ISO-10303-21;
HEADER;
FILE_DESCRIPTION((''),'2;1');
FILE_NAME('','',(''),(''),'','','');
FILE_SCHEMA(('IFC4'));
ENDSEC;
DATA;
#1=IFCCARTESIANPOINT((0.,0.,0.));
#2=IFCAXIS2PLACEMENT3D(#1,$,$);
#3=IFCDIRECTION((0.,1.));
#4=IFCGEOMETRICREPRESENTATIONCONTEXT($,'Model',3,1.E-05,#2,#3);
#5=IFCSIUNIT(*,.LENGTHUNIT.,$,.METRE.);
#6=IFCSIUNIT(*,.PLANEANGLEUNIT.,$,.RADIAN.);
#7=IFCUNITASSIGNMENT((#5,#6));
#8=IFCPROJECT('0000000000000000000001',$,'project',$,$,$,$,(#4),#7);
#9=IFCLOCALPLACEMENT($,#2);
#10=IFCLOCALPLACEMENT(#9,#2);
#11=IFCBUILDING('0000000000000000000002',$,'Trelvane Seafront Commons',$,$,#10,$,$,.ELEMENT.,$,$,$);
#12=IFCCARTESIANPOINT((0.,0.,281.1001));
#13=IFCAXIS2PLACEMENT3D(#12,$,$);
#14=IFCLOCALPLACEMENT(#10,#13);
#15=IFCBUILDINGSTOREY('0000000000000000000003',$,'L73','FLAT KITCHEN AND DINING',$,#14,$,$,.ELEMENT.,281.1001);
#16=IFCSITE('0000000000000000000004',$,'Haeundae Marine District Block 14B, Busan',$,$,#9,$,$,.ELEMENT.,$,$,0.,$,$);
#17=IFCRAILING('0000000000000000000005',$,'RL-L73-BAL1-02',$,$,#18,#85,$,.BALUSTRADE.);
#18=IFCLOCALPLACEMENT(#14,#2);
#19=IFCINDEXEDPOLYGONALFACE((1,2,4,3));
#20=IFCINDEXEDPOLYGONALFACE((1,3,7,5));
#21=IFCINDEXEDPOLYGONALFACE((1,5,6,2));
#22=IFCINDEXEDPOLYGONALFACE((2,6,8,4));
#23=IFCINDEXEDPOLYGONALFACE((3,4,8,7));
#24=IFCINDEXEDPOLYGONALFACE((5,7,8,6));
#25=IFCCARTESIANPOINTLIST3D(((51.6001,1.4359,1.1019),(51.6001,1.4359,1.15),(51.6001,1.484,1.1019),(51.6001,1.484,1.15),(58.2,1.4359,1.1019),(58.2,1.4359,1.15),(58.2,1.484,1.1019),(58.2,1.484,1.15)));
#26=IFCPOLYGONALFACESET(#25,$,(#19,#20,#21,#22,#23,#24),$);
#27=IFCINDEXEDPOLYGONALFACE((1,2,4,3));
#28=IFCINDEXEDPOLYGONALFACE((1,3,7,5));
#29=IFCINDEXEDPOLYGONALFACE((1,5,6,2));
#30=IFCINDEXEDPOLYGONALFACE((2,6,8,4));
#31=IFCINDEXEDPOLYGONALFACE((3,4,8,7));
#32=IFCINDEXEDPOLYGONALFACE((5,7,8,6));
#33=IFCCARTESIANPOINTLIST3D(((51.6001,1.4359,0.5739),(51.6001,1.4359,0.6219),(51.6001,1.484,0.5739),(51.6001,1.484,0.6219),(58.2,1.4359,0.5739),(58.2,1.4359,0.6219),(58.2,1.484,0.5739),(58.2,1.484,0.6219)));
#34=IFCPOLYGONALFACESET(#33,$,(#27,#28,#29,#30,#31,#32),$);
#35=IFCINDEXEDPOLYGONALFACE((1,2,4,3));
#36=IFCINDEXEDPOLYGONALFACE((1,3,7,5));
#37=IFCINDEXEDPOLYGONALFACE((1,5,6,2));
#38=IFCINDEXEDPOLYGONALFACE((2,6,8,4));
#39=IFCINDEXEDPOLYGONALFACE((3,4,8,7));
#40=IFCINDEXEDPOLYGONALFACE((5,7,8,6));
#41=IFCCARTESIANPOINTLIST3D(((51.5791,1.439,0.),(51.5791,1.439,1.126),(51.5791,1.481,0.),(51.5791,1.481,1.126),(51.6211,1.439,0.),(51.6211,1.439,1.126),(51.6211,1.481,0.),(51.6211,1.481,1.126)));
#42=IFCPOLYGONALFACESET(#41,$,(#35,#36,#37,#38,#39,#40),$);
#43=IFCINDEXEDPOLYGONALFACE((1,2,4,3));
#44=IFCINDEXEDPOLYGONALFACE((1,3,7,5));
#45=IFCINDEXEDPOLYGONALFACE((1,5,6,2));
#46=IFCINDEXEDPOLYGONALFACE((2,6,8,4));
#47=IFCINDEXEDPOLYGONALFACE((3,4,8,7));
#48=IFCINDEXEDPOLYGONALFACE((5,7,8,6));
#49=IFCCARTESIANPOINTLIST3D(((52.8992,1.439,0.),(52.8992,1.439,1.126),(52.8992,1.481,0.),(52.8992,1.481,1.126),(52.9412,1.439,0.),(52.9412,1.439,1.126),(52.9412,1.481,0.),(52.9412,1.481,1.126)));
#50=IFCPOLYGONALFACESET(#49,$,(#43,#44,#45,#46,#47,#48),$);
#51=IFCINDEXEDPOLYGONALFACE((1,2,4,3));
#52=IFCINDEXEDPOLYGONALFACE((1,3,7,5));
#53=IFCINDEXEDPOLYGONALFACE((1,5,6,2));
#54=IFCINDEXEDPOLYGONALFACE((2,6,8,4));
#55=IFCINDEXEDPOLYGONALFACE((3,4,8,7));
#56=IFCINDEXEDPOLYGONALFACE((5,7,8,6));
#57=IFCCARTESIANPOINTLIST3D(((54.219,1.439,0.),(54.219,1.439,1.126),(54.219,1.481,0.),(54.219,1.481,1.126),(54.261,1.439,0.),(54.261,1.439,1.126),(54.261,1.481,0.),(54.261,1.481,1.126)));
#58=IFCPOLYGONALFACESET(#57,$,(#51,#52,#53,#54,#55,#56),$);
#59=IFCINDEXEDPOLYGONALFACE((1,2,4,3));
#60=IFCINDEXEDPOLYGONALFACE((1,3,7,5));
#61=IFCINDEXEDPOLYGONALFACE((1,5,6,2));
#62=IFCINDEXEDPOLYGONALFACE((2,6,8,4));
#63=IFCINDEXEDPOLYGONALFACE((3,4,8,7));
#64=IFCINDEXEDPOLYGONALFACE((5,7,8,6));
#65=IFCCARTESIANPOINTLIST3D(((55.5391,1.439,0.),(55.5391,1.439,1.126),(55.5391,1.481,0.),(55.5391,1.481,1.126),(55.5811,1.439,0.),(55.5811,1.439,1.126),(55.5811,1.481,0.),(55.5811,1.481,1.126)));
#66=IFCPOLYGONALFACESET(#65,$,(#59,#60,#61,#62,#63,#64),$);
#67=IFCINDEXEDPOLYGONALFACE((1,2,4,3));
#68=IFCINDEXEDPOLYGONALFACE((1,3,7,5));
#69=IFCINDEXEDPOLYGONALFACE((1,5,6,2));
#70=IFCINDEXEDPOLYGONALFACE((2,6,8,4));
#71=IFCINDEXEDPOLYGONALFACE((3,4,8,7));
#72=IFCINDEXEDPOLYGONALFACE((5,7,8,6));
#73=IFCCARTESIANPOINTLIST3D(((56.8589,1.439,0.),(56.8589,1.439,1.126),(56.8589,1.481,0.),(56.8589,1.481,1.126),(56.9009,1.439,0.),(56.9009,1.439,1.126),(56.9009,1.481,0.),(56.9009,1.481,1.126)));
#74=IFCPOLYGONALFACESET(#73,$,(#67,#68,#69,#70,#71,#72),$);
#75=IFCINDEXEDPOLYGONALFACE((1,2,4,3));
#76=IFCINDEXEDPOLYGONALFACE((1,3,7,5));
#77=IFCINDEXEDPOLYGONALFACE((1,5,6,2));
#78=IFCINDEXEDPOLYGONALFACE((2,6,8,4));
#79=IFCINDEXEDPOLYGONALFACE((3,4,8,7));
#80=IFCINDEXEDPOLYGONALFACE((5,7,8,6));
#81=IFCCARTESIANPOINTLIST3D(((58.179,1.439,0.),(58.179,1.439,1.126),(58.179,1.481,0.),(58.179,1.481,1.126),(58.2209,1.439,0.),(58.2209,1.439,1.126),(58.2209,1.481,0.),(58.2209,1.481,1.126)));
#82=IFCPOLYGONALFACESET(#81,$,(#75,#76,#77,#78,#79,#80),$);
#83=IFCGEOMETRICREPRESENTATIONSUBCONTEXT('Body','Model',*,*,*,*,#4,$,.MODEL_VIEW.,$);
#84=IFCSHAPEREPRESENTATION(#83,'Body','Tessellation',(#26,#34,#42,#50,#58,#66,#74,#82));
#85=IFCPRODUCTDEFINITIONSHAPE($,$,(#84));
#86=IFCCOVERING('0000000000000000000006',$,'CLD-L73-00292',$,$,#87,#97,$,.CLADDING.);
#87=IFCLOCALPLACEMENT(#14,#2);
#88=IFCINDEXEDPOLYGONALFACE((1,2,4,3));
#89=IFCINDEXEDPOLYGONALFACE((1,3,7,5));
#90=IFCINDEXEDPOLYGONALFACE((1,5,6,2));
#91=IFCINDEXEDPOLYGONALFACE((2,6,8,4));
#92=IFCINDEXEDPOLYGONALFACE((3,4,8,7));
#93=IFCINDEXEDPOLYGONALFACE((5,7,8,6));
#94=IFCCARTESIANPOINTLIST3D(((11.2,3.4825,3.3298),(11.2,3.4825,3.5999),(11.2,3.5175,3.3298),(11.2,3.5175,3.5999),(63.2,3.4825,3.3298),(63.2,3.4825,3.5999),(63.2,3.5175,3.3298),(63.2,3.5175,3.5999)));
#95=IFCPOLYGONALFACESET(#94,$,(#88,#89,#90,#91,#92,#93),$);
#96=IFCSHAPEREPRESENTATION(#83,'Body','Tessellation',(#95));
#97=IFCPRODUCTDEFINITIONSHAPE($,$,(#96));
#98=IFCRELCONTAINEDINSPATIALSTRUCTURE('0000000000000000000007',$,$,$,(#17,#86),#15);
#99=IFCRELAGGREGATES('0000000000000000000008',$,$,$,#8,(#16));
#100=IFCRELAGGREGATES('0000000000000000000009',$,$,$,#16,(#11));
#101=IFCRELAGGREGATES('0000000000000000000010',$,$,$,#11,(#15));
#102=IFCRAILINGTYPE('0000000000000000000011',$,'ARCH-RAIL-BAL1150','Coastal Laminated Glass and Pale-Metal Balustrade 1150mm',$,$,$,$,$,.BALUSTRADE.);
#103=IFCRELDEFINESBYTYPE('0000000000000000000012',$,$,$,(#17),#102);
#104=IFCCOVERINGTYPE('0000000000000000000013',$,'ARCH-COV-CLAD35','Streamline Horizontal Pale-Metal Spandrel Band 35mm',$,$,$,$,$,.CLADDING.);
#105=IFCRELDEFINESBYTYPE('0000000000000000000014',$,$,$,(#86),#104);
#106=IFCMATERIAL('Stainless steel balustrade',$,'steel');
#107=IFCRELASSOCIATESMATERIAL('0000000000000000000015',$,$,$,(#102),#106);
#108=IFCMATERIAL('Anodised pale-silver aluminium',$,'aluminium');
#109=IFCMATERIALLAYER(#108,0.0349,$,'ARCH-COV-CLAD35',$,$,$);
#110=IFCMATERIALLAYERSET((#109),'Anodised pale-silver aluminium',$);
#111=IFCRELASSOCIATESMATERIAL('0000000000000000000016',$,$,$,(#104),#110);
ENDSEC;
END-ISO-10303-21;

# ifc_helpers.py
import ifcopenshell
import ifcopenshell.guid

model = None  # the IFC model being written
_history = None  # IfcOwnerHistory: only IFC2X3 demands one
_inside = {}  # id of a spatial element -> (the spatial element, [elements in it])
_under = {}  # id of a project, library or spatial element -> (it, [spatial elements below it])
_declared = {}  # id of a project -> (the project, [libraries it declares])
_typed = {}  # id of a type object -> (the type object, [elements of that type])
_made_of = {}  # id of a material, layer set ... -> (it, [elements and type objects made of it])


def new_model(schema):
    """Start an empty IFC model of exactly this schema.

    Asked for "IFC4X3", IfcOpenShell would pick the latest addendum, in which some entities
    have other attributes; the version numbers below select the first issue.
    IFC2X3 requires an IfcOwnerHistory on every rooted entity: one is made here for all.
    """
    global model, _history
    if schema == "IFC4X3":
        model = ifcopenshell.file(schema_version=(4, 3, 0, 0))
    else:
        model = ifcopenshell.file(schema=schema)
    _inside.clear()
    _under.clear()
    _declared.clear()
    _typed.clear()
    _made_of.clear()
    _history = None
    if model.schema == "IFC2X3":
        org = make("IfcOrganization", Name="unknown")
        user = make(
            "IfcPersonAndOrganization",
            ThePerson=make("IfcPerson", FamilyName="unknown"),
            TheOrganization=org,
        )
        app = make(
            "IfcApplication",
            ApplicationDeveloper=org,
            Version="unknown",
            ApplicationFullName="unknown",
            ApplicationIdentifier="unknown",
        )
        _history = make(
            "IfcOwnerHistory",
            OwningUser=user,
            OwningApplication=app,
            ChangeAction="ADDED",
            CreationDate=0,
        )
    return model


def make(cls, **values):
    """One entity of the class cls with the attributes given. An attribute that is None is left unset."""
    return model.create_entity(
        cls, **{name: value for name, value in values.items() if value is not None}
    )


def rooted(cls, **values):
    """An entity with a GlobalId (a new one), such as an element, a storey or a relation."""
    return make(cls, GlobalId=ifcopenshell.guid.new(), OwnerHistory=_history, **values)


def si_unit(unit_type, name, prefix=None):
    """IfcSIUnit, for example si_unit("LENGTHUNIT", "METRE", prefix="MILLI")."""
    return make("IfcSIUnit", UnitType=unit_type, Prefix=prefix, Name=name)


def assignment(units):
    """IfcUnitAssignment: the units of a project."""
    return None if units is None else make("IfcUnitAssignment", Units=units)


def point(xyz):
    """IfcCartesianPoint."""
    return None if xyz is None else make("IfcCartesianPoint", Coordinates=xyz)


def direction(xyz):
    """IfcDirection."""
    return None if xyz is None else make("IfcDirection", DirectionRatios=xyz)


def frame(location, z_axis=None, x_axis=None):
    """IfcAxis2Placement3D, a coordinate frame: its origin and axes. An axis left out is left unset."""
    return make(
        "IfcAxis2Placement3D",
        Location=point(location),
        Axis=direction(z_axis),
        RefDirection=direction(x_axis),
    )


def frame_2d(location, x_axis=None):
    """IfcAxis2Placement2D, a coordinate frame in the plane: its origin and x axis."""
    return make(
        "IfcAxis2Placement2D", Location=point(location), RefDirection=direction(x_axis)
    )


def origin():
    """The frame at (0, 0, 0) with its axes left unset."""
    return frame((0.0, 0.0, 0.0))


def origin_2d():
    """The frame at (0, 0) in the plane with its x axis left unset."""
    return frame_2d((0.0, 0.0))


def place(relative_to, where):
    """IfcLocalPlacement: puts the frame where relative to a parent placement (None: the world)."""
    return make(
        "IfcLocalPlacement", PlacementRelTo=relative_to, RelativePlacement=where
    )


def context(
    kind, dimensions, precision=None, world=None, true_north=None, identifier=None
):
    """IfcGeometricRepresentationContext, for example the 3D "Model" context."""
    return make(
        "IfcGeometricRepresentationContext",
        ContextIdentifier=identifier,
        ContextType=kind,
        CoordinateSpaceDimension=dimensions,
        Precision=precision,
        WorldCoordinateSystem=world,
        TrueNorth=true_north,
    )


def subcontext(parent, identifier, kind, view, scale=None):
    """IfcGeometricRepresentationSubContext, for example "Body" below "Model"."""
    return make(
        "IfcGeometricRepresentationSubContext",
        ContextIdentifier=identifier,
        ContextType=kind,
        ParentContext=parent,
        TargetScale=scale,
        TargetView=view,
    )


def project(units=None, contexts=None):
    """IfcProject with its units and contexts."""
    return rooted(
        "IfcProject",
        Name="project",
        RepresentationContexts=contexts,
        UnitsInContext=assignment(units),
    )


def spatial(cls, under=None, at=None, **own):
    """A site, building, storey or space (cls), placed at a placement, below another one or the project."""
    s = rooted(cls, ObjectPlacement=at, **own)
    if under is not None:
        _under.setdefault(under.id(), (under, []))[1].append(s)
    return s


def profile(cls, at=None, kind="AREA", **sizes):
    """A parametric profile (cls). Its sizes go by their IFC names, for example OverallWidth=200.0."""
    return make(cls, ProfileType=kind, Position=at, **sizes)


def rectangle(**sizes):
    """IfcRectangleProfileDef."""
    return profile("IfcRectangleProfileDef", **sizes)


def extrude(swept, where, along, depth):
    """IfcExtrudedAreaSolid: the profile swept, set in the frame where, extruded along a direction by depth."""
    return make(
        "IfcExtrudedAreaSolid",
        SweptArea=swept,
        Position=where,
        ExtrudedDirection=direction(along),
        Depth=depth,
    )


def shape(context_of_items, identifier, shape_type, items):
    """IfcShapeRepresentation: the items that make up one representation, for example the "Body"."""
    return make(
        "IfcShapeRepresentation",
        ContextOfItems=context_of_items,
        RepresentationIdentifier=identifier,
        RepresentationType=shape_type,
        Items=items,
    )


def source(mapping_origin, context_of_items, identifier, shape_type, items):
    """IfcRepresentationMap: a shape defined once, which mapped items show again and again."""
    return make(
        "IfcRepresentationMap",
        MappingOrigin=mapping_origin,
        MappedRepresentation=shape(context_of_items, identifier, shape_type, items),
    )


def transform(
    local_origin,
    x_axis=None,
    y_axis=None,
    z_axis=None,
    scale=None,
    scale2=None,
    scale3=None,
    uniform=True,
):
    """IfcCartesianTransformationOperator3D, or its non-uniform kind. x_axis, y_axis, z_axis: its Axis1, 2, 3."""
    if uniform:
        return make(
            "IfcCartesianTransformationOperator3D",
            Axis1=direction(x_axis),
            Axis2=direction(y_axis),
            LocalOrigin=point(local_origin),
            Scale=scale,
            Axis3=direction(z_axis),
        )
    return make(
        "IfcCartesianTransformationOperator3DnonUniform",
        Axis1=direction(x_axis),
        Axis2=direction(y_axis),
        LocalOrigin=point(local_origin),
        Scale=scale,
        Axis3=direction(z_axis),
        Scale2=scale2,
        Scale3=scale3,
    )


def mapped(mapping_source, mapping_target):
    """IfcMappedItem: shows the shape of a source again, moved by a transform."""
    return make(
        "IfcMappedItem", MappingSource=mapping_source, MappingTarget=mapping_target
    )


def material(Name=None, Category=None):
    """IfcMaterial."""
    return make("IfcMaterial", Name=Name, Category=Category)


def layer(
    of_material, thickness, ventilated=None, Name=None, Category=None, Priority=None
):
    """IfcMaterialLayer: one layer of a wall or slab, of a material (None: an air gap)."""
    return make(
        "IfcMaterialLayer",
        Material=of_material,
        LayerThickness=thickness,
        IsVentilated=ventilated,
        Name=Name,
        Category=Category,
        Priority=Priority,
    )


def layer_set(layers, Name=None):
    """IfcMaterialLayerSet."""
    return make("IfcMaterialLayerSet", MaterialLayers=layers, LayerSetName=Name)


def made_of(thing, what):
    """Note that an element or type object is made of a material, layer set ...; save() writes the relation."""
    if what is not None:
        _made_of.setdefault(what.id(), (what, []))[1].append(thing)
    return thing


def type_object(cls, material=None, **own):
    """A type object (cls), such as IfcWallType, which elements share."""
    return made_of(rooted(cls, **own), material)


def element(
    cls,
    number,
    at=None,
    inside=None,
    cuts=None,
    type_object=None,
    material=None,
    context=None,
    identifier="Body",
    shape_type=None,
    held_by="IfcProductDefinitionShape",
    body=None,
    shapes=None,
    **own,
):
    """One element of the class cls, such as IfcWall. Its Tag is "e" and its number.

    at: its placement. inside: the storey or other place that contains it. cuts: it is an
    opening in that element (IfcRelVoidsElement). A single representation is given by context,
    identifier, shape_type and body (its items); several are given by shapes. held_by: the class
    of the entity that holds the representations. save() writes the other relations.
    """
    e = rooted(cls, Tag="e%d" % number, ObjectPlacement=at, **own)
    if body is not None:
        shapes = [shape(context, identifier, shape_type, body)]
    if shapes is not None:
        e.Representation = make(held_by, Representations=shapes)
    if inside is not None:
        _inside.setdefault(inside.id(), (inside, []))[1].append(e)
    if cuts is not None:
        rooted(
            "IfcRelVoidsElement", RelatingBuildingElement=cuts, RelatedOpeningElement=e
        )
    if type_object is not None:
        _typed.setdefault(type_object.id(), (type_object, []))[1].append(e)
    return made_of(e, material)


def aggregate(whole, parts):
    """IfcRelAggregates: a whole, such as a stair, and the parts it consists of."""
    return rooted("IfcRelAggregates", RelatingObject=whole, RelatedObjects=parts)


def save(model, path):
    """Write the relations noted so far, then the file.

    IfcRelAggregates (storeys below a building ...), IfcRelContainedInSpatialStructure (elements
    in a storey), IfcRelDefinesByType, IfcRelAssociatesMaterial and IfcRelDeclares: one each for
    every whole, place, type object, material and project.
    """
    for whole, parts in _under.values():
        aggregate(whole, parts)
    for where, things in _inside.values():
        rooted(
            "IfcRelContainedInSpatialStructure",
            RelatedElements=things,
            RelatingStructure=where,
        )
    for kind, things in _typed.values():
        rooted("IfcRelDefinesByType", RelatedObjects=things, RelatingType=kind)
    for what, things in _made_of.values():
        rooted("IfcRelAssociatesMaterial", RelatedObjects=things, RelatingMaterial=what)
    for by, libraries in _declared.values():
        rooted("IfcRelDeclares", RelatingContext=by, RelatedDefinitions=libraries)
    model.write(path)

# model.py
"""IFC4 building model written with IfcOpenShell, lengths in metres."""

from ifc_helpers import new_model, si_unit, direction, frame, origin, origin_2d, place, context, subcontext, project, spatial, rectangle, extrude, source, transform, mapped, material, layer, layer_set, type_object, element, save


model = new_model("IFC4")

# Units and contexts
model_context = context("Model", 3, precision=1e-05, world=origin(), true_north=direction((0.0, 1.0)))
body_context = subcontext(model_context, "Body", "Model", "MODEL_VIEW")
ifc_project = project(units=[si_unit("LENGTHUNIT", "METRE"), si_unit("PLANEANGLEUNIT", "RADIAN")], contexts=[model_context])

# Site, building, storey
site_placement = place(None, origin())
site = spatial("IfcSite", under=ifc_project, at=site_placement, Name="Haeundae Marine District Block 14B, Busan", CompositionType="ELEMENT", RefElevation=0.0)
building_placement = place(site_placement, origin())
building = spatial("IfcBuilding", under=site, at=building_placement, Name="Trelvane Seafront Commons", CompositionType="ELEMENT")
storey_placement = place(building_placement, frame((0.0, 0.0, 281.1001)))
storey = spatial("IfcBuildingStorey", under=building, at=storey_placement, Name="L73", Description="FLAT KITCHEN AND DINING", CompositionType="ELEMENT", Elevation=281.1001)

# Shared definitions
ifc_material_1 = material(Name="Anodised pale-silver aluminium", Category="aluminium")

# Railing
ifc_material_2 = material(Name="Stainless steel balustrade", Category="steel")
railing_type = type_object("IfcRailingType", Name="ARCH-RAIL-BAL1150", Description="Coastal Laminated Glass and Pale-Metal Balustrade 1150mm", PredefinedType="BALUSTRADE", material=ifc_material_2)
railing_1_placement = place(storey_placement, frame((51.6001, 1.46, 0.0)))
element("IfcRailing", 1, at=railing_1_placement, inside=storey, type_object=railing_type, Name="RL-L73-BAL1-02", PredefinedType="BALUSTRADE", context=body_context, shape_type="SweptSolid", body=[
    extrude(rectangle(XDim=0.0481, YDim=0.0481, at=origin_2d()), frame((0.0, 0.0, 1.126), z_axis=(1.0, 0.0, 0.0), x_axis=(0.0, 1.0, 0.0)), (0.0, 0.0, 1.0), 6.5999),
    extrude(rectangle(XDim=0.0481, YDim=0.0481, at=origin_2d()), frame((0.0, 0.0, 0.5979), z_axis=(1.0, 0.0, 0.0), x_axis=(0.0, 1.0, 0.0)), (0.0, 0.0, 1.0), 6.5999),
    extrude(rectangle(XDim=0.042, YDim=0.042, at=origin_2d()), origin(), (0.0, 0.0, 1.0), 1.126),
    extrude(rectangle(XDim=0.042, YDim=0.042, at=origin_2d()), frame((1.3201, 0.0, 0.0)), (0.0, 0.0, 1.0), 1.126),
    extrude(rectangle(XDim=0.042, YDim=0.042, at=origin_2d()), frame((2.6399, 0.0, 0.0)), (0.0, 0.0, 1.0), 1.126),
    extrude(rectangle(XDim=0.042, YDim=0.042, at=origin_2d()), frame((3.96, 0.0, 0.0)), (0.0, 0.0, 1.0), 1.126),
    extrude(rectangle(XDim=0.042, YDim=0.042, at=origin_2d()), frame((5.2798, 0.0, 0.0)), (0.0, 0.0, 1.0), 1.126),
    extrude(rectangle(XDim=0.042, YDim=0.042, at=origin_2d()), frame((6.5999, 0.0, 0.0)), (0.0, 0.0, 1.0), 1.126),
])

# Covering
ifc_layer_1 = layer(ifc_material_1, 0.0349, Name="ARCH-COV-CLAD35")
ifc_layer_set_1 = layer_set([ifc_layer_1], Name="Anodised pale-silver aluminium")
covering_type = type_object("IfcCoveringType", Name="ARCH-COV-CLAD35", Description="Streamline Horizontal Pale-Metal Spandrel Band 35mm", PredefinedType="CLADDING", material=ifc_layer_set_1)
shared_shape_1 = source(origin(), body_context, "Body", "SweptSolid", [
    extrude(rectangle(XDim=52.0, YDim=0.0349, at=origin_2d()), origin(), (0.0, 0.0, 1.0), 0.27),
])
covering_placement = place(storey_placement, frame((37.2, 3.5, 3.3298), z_axis=(0.0, 0.0, 1.0), x_axis=(-1.0, 0.0, 0.0)))
element("IfcCovering", 2, at=covering_placement, inside=storey, type_object=covering_type, Name="CLD-L73-00292", PredefinedType="CLADDING", context=body_context, shape_type="MappedRepresentation", body=[
    mapped(shared_shape_1, transform((0.0, 0.0, 0.0), x_axis=(1.0, 0.0, 0.0), y_axis=(0.0, 1.0, 0.0), z_axis=(0.0, 0.0, 1.0), scale=1.0)),
])

save(model, "model.ifc")
